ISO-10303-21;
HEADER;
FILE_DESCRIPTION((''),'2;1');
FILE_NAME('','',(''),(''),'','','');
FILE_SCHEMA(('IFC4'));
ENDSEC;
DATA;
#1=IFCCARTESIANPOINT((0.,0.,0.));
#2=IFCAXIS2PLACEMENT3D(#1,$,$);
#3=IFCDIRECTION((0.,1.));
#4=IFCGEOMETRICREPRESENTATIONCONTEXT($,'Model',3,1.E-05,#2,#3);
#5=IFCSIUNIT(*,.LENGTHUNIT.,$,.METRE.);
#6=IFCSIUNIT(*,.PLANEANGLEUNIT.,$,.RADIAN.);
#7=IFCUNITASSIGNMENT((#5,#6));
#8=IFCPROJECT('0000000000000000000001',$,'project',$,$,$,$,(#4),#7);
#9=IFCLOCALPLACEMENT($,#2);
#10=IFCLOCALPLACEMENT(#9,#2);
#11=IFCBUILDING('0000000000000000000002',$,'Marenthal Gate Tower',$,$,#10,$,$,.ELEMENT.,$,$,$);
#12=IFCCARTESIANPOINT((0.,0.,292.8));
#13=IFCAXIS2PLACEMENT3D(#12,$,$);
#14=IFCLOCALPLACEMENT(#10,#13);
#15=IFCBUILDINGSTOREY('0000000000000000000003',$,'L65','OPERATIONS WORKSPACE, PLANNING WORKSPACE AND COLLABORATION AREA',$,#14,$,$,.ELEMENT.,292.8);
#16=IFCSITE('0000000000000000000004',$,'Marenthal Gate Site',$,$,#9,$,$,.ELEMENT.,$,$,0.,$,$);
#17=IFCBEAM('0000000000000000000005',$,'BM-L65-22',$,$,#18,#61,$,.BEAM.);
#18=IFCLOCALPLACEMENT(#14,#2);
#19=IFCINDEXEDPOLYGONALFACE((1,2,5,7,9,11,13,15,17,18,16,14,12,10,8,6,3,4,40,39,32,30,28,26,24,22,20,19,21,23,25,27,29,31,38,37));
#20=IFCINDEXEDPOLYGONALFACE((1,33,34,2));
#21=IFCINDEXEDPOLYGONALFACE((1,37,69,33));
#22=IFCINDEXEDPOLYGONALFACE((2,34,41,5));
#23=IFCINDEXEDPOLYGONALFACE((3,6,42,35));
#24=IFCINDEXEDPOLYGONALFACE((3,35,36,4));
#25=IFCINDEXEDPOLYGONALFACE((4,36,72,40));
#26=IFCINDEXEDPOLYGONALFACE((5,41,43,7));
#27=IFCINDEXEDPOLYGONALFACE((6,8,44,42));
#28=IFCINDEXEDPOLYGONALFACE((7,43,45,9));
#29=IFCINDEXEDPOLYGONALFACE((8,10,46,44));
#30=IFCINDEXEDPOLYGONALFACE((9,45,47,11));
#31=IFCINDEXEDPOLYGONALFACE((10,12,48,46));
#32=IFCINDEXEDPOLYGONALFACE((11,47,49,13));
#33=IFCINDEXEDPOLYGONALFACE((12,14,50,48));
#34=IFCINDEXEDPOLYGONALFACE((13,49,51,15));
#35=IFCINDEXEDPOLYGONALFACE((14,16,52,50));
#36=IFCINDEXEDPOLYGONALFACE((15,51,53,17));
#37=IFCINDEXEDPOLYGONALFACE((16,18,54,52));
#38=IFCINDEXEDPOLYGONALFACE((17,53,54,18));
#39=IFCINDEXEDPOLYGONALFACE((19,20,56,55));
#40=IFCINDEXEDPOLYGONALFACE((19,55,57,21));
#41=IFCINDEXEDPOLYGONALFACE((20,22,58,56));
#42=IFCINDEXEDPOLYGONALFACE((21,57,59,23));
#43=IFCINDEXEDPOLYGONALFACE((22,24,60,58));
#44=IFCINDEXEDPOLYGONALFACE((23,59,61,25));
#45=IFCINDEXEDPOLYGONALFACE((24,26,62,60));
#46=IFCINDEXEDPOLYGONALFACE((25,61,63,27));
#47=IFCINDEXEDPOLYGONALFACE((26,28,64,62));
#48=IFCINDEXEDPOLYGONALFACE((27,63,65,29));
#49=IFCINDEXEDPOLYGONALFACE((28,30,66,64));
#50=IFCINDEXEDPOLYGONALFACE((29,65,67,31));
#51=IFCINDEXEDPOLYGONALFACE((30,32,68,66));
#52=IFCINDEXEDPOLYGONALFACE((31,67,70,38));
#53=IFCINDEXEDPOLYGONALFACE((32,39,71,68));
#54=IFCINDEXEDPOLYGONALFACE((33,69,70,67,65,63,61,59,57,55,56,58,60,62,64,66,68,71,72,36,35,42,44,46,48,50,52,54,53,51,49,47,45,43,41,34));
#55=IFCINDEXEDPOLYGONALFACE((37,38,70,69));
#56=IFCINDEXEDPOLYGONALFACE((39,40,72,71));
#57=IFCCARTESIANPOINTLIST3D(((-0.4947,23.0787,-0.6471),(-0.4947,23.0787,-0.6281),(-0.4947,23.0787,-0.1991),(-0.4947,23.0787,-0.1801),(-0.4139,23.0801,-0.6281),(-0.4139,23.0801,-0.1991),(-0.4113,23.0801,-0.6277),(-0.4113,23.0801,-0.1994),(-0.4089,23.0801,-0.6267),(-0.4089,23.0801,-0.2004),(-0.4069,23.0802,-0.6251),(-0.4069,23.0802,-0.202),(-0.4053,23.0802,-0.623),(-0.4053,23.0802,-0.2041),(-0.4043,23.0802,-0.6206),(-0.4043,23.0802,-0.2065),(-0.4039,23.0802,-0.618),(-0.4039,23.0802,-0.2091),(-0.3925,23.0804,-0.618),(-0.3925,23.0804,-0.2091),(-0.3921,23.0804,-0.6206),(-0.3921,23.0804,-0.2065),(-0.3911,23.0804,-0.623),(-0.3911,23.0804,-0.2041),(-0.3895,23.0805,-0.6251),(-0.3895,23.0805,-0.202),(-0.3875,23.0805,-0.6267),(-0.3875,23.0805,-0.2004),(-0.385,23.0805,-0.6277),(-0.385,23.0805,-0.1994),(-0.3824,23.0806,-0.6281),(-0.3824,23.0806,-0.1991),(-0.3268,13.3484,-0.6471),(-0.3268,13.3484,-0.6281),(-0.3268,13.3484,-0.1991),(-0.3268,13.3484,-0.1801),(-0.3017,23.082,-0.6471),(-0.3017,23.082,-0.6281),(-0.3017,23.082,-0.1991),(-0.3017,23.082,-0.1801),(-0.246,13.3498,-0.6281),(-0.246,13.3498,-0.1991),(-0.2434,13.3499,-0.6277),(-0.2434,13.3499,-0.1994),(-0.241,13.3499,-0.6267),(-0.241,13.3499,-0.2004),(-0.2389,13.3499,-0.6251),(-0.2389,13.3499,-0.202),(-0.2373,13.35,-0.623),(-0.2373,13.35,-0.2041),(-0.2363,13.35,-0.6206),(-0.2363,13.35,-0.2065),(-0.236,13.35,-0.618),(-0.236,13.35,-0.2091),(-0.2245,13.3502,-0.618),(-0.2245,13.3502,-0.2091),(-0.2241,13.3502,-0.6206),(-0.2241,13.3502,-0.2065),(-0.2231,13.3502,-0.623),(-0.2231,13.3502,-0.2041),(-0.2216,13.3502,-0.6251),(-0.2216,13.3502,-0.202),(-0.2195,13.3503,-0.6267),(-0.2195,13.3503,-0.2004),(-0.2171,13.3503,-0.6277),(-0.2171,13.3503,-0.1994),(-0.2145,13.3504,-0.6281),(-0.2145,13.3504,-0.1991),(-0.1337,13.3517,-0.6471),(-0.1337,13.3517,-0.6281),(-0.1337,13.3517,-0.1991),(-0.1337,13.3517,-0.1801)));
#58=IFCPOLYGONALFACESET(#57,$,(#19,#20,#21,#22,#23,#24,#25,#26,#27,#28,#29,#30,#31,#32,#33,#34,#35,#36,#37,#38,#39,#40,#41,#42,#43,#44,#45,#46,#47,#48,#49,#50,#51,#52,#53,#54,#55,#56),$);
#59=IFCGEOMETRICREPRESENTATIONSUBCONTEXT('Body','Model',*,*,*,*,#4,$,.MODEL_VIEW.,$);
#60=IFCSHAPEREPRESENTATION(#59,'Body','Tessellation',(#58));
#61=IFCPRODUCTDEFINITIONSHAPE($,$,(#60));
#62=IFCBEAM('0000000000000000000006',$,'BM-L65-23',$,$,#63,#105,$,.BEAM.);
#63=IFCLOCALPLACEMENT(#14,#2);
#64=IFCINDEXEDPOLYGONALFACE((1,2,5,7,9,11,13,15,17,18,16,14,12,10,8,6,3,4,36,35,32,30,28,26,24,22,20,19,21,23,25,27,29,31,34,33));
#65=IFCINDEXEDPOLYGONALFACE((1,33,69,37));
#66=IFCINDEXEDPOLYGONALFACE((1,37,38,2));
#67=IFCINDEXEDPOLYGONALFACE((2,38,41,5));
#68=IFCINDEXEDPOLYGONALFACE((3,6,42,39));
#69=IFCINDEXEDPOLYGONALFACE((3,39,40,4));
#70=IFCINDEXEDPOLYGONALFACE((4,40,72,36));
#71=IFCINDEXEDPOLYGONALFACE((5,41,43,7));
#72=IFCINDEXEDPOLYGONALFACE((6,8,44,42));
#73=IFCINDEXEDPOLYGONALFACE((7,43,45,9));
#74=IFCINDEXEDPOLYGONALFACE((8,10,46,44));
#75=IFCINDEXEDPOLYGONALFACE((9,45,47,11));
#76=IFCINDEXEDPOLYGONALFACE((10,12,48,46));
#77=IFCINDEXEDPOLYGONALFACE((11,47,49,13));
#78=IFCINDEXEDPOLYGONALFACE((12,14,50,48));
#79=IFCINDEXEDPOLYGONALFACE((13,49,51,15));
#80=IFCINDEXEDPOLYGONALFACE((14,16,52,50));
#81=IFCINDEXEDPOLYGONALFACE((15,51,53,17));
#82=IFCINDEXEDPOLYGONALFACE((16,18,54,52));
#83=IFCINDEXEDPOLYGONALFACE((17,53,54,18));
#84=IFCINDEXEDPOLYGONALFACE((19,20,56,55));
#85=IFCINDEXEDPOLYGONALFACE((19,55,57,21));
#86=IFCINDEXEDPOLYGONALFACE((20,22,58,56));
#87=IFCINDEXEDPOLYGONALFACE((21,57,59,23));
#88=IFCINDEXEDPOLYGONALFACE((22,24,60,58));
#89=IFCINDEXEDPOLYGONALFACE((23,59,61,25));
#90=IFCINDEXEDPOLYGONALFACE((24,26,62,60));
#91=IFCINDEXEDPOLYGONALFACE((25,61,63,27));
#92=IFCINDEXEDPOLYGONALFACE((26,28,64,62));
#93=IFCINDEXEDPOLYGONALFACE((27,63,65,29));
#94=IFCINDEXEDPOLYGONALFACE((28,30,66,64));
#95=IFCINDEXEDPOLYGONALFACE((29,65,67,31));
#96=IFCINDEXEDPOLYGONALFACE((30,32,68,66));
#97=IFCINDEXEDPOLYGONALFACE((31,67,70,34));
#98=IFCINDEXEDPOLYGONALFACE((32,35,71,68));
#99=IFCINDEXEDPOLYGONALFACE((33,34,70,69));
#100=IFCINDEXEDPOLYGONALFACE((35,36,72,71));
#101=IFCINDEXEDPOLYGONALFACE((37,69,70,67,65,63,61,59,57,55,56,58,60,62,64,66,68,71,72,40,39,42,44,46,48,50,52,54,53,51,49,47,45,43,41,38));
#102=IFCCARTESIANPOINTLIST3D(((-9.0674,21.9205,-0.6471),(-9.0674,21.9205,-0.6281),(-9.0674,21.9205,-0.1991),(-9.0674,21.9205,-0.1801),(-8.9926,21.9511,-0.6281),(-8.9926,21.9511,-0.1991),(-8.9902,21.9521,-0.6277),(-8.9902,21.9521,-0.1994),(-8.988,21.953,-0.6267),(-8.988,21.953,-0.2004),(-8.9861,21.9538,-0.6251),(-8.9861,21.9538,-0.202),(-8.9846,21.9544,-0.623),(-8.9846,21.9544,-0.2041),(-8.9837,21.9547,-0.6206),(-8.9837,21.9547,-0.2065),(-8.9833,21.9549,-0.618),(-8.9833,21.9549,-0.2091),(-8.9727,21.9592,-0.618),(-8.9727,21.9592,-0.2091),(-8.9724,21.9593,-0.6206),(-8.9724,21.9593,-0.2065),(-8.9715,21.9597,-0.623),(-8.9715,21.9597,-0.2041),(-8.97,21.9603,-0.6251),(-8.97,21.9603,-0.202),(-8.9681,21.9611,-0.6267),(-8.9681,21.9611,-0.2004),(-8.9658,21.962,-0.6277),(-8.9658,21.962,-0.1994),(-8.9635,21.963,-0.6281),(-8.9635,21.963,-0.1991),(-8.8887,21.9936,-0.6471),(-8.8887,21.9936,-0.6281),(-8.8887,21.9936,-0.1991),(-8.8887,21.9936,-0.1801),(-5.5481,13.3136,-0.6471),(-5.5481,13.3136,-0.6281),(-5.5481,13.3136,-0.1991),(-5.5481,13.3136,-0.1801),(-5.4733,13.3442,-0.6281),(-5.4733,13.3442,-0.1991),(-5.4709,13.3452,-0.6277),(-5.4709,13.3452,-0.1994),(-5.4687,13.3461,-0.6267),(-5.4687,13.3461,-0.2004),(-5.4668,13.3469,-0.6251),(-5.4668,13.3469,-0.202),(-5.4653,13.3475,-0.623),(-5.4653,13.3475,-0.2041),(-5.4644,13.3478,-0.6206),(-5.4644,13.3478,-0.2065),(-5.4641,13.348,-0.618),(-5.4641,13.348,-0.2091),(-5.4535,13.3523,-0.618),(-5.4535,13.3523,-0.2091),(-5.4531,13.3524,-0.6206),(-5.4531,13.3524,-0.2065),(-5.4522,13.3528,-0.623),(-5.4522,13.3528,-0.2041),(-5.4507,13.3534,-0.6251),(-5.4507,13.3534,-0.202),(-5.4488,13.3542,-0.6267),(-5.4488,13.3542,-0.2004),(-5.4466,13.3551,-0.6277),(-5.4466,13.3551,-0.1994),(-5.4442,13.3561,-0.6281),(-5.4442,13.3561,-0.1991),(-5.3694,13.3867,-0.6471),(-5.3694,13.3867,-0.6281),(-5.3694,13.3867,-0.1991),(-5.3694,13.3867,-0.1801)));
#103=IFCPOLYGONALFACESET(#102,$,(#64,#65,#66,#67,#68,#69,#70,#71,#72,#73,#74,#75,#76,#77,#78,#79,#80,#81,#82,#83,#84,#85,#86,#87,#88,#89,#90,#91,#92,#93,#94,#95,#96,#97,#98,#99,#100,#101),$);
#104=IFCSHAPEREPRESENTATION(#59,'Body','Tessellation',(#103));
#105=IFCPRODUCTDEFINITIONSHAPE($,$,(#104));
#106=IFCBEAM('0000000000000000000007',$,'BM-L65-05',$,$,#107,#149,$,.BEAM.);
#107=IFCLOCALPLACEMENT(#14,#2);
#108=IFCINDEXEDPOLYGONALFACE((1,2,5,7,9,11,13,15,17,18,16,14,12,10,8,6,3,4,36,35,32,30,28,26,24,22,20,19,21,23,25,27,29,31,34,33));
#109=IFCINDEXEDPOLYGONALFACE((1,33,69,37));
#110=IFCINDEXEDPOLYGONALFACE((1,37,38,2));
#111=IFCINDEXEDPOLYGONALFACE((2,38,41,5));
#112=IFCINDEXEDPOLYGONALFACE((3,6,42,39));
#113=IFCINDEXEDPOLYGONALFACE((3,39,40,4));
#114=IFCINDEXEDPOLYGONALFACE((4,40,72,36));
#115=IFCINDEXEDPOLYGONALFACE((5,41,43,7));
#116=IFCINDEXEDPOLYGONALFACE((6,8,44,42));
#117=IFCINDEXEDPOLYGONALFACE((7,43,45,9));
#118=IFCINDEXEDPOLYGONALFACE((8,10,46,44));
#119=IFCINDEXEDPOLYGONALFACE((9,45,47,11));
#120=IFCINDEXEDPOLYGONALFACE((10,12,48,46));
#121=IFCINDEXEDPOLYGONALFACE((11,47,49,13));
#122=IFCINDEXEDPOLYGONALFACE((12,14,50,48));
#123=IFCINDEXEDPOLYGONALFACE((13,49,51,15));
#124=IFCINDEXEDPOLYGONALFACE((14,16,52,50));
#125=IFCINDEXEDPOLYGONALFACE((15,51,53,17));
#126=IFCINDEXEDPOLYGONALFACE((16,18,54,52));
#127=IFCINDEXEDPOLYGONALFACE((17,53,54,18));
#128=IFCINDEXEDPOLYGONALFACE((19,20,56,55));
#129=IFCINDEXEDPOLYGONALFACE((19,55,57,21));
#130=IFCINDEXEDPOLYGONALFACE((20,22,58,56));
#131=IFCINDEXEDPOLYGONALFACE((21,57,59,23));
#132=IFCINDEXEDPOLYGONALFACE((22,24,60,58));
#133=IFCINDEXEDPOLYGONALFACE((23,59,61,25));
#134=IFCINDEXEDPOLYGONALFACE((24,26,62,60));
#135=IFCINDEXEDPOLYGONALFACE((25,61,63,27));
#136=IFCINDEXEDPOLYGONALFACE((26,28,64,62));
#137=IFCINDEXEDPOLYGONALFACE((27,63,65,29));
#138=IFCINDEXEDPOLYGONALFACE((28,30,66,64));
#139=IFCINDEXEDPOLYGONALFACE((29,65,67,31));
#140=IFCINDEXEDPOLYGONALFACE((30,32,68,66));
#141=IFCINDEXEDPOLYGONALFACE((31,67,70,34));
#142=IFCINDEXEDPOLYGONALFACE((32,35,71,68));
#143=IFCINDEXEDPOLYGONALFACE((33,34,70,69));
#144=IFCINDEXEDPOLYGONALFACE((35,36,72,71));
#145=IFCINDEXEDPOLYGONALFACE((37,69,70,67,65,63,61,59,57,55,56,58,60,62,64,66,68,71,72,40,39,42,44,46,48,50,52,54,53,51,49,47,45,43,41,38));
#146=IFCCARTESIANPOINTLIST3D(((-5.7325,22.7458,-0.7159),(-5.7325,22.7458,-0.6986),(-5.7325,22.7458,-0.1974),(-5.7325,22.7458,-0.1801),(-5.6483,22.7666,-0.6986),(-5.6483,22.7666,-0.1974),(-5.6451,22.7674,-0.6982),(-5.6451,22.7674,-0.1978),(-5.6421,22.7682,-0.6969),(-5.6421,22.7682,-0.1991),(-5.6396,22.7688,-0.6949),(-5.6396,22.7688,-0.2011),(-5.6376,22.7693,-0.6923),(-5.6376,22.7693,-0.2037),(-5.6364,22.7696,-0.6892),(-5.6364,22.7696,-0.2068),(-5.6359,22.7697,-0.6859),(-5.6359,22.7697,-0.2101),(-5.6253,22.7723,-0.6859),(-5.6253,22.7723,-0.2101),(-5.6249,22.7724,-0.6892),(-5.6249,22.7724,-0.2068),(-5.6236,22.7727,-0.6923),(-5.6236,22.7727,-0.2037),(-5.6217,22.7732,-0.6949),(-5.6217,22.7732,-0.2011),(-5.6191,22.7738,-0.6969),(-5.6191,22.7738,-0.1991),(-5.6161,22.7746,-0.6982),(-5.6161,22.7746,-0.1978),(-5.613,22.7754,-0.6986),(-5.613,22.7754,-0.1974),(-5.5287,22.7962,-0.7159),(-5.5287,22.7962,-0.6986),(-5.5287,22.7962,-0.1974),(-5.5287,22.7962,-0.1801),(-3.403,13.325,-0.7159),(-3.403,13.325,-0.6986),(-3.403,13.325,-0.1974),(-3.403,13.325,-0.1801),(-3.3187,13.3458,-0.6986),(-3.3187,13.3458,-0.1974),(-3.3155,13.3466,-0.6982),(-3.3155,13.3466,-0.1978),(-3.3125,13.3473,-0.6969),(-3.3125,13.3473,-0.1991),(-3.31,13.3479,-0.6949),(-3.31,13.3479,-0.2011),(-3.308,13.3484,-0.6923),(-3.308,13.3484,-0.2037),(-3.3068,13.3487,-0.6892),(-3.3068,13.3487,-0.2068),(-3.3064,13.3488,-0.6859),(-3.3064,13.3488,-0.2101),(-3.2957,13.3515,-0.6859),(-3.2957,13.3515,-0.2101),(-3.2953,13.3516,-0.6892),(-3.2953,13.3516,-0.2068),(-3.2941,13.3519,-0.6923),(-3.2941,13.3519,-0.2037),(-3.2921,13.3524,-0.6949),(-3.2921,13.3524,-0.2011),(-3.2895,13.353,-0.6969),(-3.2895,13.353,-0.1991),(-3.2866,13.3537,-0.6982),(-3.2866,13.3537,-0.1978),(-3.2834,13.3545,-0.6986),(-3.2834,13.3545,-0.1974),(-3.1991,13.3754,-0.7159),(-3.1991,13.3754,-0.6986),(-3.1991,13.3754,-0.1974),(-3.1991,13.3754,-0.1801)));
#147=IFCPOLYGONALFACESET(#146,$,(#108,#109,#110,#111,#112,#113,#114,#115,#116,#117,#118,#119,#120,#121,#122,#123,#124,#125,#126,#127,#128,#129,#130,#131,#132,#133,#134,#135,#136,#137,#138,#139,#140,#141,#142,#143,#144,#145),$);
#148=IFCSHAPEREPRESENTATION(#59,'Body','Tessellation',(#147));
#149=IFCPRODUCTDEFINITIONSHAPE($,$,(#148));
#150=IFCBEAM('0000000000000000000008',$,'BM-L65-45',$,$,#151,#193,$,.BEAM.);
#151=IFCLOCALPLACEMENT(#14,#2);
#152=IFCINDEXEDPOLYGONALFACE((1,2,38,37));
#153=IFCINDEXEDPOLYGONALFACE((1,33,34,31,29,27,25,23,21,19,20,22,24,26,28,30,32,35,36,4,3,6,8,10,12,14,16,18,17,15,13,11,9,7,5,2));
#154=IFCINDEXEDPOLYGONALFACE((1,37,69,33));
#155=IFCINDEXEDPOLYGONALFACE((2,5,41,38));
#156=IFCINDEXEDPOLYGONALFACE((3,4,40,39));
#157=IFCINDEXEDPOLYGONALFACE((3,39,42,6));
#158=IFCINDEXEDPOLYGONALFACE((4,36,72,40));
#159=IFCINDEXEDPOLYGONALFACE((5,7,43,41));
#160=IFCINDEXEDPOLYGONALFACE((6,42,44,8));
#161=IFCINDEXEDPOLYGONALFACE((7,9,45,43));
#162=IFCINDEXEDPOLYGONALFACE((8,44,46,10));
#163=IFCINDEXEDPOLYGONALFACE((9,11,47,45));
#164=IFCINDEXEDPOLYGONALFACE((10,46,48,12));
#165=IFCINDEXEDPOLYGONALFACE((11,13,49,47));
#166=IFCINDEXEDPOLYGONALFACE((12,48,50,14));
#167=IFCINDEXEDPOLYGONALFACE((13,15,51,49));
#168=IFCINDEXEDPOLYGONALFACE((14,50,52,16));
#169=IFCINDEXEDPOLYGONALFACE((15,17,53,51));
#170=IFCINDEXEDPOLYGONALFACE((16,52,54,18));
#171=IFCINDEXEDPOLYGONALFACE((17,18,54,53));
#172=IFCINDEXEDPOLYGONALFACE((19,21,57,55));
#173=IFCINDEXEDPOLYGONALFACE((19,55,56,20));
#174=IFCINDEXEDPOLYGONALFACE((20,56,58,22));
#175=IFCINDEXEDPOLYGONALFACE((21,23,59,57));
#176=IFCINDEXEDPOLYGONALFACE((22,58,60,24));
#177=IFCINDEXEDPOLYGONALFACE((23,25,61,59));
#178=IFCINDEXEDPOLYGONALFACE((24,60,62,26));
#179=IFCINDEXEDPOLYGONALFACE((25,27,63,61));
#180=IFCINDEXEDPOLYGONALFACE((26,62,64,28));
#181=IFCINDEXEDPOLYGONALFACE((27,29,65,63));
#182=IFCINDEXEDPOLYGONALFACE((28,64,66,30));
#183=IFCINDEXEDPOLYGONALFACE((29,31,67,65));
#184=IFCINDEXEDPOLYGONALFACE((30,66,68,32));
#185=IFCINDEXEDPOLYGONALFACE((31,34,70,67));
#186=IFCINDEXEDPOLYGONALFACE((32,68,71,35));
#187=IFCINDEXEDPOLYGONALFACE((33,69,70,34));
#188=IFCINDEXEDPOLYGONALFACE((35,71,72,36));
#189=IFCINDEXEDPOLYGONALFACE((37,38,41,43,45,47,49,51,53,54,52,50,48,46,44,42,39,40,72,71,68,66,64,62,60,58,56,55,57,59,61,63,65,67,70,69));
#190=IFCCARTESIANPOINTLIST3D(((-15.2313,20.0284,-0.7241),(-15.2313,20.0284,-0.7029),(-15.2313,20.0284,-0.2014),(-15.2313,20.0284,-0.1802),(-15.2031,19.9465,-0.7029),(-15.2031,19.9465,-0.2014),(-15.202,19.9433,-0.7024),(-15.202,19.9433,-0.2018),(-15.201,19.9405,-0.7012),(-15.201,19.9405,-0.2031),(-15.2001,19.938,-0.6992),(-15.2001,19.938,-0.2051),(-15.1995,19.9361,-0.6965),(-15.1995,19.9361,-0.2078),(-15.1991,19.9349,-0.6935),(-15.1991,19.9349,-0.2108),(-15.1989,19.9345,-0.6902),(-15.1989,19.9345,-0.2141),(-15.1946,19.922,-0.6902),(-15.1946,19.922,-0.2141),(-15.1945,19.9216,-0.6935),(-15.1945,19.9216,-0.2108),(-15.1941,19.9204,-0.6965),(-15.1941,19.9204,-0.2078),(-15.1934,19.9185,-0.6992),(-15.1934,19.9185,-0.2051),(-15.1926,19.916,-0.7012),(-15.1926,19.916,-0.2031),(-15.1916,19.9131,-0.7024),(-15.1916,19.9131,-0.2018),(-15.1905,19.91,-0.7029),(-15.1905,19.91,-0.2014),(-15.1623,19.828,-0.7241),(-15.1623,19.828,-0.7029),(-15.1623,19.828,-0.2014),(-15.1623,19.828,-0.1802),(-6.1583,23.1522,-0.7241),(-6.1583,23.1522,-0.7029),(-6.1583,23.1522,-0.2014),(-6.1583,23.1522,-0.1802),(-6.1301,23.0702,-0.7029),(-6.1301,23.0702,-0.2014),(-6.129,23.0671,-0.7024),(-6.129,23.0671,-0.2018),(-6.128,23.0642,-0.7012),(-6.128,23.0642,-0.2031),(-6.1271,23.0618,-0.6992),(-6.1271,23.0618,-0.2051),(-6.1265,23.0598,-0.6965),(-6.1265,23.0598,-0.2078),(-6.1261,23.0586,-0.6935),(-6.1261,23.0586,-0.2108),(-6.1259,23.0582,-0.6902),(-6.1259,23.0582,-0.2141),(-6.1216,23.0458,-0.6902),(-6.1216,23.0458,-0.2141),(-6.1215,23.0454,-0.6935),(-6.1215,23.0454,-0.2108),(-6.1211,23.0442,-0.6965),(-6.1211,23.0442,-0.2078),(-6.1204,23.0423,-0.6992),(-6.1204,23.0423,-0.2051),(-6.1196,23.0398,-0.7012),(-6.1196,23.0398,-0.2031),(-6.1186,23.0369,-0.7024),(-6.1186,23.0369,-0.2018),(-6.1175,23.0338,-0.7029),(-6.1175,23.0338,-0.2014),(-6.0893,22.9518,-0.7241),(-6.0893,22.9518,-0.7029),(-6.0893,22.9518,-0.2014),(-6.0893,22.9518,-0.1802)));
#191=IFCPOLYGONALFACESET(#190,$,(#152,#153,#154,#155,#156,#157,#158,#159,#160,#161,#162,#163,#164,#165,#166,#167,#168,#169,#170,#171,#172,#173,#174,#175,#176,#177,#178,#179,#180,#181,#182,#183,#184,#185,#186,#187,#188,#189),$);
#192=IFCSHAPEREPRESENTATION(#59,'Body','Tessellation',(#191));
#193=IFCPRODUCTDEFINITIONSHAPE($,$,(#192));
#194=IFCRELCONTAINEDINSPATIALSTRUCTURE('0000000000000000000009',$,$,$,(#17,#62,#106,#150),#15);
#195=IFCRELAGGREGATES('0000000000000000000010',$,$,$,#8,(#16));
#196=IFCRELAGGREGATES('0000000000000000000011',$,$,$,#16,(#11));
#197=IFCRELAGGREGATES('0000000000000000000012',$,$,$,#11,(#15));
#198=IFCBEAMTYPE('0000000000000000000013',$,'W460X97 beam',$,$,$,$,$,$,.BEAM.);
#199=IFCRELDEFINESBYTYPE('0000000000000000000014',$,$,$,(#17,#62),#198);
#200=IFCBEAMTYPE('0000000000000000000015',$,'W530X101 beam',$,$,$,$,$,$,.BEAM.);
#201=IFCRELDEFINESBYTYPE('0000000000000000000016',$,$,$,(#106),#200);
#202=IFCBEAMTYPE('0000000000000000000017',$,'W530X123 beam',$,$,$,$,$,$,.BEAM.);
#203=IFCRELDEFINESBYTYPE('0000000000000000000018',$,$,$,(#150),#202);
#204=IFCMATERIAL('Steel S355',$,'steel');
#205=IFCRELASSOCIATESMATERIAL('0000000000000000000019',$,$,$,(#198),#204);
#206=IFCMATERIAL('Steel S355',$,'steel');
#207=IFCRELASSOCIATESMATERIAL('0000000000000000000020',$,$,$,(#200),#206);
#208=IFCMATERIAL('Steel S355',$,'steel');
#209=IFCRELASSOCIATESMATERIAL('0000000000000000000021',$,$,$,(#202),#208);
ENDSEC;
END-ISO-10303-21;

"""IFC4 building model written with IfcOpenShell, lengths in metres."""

from ifc_helpers import new_model, si_unit, direction, frame, origin, origin_2d, place, context, subcontext, project, spatial, i_section, extrude, material, material_profile, profile_set, type_object, element, save


model = new_model("IFC4")

# Units and contexts
model_context = context("Model", 3, precision=1e-05, world=origin(), true_north=direction((0.0, 1.0)))
body_context = subcontext(model_context, "Body", "Model", "MODEL_VIEW")
ifc_project = project(units=[si_unit("LENGTHUNIT", "METRE"), si_unit("PLANEANGLEUNIT", "RADIAN")], contexts=[model_context])

# Site, building, storey
site_placement = place(None, origin())
site = spatial("IfcSite", under=ifc_project, at=site_placement, Name="Marenthal Gate Site", CompositionType="ELEMENT", RefElevation=0.0)
building_placement = place(site_placement, origin())
building = spatial("IfcBuilding", under=site, at=building_placement, Name="Marenthal Gate Tower", CompositionType="ELEMENT")
storey_placement = place(building_placement, frame((0.0, 0.0, 292.8)))
storey = spatial("IfcBuildingStorey", under=building, at=storey_placement, Name="L65", Description="OPERATIONS WORKSPACE, PLANNING WORKSPACE AND COLLABORATION AREA", CompositionType="ELEMENT", Elevation=292.8)

# Beams
ifc_material_1 = material(Name="Steel S355", Category="steel")
ifc_material_profile_1 = material_profile(ifc_material_1, i_section(OverallWidth=0.1931, OverallDepth=0.467, WebThickness=0.0115, FlangeThickness=0.019, FilletRadius=0.01, at=origin_2d()), Name="W460X97")
ifc_profile_set_1 = profile_set([ifc_material_profile_1], Name="Steel S355")
beam_type_1 = type_object("IfcBeamType", Name="W460X97 beam", PredefinedType="BEAM", material=ifc_profile_set_1)
beam_1_placement = place(storey_placement, frame((-0.3982, 23.0803, -0.4136), z_axis=(0.01726, -0.999851, 0.0), x_axis=(0.999851, 0.01726, 0.0)))
element("IfcBeam", 1, at=beam_1_placement, inside=storey, type_object=beam_type_1, Name="BM-L65-22", PredefinedType="BEAM", context=body_context, shape_type="SweptSolid", body=[
    extrude(i_section(OverallWidth=0.1931, OverallDepth=0.467, WebThickness=0.0115, FlangeThickness=0.019, FilletRadius=0.01, at=origin_2d()), origin(), (0.0, 0.0, 1.0), 9.7317),
])
beam_2_placement = place(storey_placement, frame((-8.978, 21.957, -0.4136), z_axis=(0.378473, -0.925612, 0.0), x_axis=(0.925612, 0.378473, 0.0)))
element("IfcBeam", 2, at=beam_2_placement, inside=storey, type_object=beam_type_1, Name="BM-L65-23", PredefinedType="BEAM", context=body_context, shape_type="SweptSolid", body=[
    extrude(i_section(OverallWidth=0.1931, OverallDepth=0.467, WebThickness=0.0115, FlangeThickness=0.019, FilletRadius=0.01, at=origin_2d()), origin(), (0.0, 0.0, 1.0), 9.2986),
])
ifc_material_2 = material(Name="Steel S355", Category="steel")
ifc_material_profile_2 = material_profile(ifc_material_2, i_section(OverallWidth=0.21, OverallDepth=0.5359, WebThickness=0.011, FlangeThickness=0.0173, FilletRadius=0.0127, at=origin_2d()), Name="W530X101")
ifc_profile_set_2 = profile_set([ifc_material_profile_2], Name="Steel S355")
beam_type_2 = type_object("IfcBeamType", Name="W530X101 beam", PredefinedType="BEAM", material=ifc_profile_set_2)
beam_3_placement = place(storey_placement, frame((-5.6306, 22.771, -0.448), z_axis=(0.240049, -0.970761, 0.0), x_axis=(0.970761, 0.240049, 0.0)))
element("IfcBeam", 3, at=beam_3_placement, inside=storey, type_object=beam_type_2, Name="BM-L65-05", PredefinedType="BEAM", context=body_context, shape_type="SweptSolid", body=[
    extrude(i_section(OverallWidth=0.21, OverallDepth=0.5359, WebThickness=0.011, FlangeThickness=0.0173, FilletRadius=0.0127, at=origin_2d()), origin(), (0.0, 0.0, 1.0), 9.7046),
])
ifc_material_3 = material(Name="Steel S355", Category="steel")
ifc_material_profile_3 = material_profile(ifc_material_3, i_section(OverallWidth=0.2119, OverallDepth=0.5439, WebThickness=0.0132, FlangeThickness=0.0212, FilletRadius=0.0127, at=origin_2d()), Name="W530X123")
ifc_profile_set_3 = profile_set([ifc_material_profile_3], Name="Steel S355")
beam_type_3 = type_object("IfcBeamType", Name="W530X123 beam", PredefinedType="BEAM", material=ifc_profile_set_3)
beam_4_placement = place(storey_placement, frame((-6.1238, 23.052, -0.4521), z_axis=(-0.945528, -0.32554, 0.0), x_axis=(0.32554, -0.945528, 0.0)))
element("IfcBeam", 4, at=beam_4_placement, inside=storey, type_object=beam_type_3, Name="BM-L65-45", PredefinedType="BEAM", context=body_context, shape_type="SweptSolid", body=[
    extrude(i_section(OverallWidth=0.2119, OverallDepth=0.5439, WebThickness=0.0132, FlangeThickness=0.0212, FilletRadius=0.0127, at=origin_2d()), origin(), (0.0, 0.0, 1.0), 9.5957),
])

save(model, "model.ifc")
